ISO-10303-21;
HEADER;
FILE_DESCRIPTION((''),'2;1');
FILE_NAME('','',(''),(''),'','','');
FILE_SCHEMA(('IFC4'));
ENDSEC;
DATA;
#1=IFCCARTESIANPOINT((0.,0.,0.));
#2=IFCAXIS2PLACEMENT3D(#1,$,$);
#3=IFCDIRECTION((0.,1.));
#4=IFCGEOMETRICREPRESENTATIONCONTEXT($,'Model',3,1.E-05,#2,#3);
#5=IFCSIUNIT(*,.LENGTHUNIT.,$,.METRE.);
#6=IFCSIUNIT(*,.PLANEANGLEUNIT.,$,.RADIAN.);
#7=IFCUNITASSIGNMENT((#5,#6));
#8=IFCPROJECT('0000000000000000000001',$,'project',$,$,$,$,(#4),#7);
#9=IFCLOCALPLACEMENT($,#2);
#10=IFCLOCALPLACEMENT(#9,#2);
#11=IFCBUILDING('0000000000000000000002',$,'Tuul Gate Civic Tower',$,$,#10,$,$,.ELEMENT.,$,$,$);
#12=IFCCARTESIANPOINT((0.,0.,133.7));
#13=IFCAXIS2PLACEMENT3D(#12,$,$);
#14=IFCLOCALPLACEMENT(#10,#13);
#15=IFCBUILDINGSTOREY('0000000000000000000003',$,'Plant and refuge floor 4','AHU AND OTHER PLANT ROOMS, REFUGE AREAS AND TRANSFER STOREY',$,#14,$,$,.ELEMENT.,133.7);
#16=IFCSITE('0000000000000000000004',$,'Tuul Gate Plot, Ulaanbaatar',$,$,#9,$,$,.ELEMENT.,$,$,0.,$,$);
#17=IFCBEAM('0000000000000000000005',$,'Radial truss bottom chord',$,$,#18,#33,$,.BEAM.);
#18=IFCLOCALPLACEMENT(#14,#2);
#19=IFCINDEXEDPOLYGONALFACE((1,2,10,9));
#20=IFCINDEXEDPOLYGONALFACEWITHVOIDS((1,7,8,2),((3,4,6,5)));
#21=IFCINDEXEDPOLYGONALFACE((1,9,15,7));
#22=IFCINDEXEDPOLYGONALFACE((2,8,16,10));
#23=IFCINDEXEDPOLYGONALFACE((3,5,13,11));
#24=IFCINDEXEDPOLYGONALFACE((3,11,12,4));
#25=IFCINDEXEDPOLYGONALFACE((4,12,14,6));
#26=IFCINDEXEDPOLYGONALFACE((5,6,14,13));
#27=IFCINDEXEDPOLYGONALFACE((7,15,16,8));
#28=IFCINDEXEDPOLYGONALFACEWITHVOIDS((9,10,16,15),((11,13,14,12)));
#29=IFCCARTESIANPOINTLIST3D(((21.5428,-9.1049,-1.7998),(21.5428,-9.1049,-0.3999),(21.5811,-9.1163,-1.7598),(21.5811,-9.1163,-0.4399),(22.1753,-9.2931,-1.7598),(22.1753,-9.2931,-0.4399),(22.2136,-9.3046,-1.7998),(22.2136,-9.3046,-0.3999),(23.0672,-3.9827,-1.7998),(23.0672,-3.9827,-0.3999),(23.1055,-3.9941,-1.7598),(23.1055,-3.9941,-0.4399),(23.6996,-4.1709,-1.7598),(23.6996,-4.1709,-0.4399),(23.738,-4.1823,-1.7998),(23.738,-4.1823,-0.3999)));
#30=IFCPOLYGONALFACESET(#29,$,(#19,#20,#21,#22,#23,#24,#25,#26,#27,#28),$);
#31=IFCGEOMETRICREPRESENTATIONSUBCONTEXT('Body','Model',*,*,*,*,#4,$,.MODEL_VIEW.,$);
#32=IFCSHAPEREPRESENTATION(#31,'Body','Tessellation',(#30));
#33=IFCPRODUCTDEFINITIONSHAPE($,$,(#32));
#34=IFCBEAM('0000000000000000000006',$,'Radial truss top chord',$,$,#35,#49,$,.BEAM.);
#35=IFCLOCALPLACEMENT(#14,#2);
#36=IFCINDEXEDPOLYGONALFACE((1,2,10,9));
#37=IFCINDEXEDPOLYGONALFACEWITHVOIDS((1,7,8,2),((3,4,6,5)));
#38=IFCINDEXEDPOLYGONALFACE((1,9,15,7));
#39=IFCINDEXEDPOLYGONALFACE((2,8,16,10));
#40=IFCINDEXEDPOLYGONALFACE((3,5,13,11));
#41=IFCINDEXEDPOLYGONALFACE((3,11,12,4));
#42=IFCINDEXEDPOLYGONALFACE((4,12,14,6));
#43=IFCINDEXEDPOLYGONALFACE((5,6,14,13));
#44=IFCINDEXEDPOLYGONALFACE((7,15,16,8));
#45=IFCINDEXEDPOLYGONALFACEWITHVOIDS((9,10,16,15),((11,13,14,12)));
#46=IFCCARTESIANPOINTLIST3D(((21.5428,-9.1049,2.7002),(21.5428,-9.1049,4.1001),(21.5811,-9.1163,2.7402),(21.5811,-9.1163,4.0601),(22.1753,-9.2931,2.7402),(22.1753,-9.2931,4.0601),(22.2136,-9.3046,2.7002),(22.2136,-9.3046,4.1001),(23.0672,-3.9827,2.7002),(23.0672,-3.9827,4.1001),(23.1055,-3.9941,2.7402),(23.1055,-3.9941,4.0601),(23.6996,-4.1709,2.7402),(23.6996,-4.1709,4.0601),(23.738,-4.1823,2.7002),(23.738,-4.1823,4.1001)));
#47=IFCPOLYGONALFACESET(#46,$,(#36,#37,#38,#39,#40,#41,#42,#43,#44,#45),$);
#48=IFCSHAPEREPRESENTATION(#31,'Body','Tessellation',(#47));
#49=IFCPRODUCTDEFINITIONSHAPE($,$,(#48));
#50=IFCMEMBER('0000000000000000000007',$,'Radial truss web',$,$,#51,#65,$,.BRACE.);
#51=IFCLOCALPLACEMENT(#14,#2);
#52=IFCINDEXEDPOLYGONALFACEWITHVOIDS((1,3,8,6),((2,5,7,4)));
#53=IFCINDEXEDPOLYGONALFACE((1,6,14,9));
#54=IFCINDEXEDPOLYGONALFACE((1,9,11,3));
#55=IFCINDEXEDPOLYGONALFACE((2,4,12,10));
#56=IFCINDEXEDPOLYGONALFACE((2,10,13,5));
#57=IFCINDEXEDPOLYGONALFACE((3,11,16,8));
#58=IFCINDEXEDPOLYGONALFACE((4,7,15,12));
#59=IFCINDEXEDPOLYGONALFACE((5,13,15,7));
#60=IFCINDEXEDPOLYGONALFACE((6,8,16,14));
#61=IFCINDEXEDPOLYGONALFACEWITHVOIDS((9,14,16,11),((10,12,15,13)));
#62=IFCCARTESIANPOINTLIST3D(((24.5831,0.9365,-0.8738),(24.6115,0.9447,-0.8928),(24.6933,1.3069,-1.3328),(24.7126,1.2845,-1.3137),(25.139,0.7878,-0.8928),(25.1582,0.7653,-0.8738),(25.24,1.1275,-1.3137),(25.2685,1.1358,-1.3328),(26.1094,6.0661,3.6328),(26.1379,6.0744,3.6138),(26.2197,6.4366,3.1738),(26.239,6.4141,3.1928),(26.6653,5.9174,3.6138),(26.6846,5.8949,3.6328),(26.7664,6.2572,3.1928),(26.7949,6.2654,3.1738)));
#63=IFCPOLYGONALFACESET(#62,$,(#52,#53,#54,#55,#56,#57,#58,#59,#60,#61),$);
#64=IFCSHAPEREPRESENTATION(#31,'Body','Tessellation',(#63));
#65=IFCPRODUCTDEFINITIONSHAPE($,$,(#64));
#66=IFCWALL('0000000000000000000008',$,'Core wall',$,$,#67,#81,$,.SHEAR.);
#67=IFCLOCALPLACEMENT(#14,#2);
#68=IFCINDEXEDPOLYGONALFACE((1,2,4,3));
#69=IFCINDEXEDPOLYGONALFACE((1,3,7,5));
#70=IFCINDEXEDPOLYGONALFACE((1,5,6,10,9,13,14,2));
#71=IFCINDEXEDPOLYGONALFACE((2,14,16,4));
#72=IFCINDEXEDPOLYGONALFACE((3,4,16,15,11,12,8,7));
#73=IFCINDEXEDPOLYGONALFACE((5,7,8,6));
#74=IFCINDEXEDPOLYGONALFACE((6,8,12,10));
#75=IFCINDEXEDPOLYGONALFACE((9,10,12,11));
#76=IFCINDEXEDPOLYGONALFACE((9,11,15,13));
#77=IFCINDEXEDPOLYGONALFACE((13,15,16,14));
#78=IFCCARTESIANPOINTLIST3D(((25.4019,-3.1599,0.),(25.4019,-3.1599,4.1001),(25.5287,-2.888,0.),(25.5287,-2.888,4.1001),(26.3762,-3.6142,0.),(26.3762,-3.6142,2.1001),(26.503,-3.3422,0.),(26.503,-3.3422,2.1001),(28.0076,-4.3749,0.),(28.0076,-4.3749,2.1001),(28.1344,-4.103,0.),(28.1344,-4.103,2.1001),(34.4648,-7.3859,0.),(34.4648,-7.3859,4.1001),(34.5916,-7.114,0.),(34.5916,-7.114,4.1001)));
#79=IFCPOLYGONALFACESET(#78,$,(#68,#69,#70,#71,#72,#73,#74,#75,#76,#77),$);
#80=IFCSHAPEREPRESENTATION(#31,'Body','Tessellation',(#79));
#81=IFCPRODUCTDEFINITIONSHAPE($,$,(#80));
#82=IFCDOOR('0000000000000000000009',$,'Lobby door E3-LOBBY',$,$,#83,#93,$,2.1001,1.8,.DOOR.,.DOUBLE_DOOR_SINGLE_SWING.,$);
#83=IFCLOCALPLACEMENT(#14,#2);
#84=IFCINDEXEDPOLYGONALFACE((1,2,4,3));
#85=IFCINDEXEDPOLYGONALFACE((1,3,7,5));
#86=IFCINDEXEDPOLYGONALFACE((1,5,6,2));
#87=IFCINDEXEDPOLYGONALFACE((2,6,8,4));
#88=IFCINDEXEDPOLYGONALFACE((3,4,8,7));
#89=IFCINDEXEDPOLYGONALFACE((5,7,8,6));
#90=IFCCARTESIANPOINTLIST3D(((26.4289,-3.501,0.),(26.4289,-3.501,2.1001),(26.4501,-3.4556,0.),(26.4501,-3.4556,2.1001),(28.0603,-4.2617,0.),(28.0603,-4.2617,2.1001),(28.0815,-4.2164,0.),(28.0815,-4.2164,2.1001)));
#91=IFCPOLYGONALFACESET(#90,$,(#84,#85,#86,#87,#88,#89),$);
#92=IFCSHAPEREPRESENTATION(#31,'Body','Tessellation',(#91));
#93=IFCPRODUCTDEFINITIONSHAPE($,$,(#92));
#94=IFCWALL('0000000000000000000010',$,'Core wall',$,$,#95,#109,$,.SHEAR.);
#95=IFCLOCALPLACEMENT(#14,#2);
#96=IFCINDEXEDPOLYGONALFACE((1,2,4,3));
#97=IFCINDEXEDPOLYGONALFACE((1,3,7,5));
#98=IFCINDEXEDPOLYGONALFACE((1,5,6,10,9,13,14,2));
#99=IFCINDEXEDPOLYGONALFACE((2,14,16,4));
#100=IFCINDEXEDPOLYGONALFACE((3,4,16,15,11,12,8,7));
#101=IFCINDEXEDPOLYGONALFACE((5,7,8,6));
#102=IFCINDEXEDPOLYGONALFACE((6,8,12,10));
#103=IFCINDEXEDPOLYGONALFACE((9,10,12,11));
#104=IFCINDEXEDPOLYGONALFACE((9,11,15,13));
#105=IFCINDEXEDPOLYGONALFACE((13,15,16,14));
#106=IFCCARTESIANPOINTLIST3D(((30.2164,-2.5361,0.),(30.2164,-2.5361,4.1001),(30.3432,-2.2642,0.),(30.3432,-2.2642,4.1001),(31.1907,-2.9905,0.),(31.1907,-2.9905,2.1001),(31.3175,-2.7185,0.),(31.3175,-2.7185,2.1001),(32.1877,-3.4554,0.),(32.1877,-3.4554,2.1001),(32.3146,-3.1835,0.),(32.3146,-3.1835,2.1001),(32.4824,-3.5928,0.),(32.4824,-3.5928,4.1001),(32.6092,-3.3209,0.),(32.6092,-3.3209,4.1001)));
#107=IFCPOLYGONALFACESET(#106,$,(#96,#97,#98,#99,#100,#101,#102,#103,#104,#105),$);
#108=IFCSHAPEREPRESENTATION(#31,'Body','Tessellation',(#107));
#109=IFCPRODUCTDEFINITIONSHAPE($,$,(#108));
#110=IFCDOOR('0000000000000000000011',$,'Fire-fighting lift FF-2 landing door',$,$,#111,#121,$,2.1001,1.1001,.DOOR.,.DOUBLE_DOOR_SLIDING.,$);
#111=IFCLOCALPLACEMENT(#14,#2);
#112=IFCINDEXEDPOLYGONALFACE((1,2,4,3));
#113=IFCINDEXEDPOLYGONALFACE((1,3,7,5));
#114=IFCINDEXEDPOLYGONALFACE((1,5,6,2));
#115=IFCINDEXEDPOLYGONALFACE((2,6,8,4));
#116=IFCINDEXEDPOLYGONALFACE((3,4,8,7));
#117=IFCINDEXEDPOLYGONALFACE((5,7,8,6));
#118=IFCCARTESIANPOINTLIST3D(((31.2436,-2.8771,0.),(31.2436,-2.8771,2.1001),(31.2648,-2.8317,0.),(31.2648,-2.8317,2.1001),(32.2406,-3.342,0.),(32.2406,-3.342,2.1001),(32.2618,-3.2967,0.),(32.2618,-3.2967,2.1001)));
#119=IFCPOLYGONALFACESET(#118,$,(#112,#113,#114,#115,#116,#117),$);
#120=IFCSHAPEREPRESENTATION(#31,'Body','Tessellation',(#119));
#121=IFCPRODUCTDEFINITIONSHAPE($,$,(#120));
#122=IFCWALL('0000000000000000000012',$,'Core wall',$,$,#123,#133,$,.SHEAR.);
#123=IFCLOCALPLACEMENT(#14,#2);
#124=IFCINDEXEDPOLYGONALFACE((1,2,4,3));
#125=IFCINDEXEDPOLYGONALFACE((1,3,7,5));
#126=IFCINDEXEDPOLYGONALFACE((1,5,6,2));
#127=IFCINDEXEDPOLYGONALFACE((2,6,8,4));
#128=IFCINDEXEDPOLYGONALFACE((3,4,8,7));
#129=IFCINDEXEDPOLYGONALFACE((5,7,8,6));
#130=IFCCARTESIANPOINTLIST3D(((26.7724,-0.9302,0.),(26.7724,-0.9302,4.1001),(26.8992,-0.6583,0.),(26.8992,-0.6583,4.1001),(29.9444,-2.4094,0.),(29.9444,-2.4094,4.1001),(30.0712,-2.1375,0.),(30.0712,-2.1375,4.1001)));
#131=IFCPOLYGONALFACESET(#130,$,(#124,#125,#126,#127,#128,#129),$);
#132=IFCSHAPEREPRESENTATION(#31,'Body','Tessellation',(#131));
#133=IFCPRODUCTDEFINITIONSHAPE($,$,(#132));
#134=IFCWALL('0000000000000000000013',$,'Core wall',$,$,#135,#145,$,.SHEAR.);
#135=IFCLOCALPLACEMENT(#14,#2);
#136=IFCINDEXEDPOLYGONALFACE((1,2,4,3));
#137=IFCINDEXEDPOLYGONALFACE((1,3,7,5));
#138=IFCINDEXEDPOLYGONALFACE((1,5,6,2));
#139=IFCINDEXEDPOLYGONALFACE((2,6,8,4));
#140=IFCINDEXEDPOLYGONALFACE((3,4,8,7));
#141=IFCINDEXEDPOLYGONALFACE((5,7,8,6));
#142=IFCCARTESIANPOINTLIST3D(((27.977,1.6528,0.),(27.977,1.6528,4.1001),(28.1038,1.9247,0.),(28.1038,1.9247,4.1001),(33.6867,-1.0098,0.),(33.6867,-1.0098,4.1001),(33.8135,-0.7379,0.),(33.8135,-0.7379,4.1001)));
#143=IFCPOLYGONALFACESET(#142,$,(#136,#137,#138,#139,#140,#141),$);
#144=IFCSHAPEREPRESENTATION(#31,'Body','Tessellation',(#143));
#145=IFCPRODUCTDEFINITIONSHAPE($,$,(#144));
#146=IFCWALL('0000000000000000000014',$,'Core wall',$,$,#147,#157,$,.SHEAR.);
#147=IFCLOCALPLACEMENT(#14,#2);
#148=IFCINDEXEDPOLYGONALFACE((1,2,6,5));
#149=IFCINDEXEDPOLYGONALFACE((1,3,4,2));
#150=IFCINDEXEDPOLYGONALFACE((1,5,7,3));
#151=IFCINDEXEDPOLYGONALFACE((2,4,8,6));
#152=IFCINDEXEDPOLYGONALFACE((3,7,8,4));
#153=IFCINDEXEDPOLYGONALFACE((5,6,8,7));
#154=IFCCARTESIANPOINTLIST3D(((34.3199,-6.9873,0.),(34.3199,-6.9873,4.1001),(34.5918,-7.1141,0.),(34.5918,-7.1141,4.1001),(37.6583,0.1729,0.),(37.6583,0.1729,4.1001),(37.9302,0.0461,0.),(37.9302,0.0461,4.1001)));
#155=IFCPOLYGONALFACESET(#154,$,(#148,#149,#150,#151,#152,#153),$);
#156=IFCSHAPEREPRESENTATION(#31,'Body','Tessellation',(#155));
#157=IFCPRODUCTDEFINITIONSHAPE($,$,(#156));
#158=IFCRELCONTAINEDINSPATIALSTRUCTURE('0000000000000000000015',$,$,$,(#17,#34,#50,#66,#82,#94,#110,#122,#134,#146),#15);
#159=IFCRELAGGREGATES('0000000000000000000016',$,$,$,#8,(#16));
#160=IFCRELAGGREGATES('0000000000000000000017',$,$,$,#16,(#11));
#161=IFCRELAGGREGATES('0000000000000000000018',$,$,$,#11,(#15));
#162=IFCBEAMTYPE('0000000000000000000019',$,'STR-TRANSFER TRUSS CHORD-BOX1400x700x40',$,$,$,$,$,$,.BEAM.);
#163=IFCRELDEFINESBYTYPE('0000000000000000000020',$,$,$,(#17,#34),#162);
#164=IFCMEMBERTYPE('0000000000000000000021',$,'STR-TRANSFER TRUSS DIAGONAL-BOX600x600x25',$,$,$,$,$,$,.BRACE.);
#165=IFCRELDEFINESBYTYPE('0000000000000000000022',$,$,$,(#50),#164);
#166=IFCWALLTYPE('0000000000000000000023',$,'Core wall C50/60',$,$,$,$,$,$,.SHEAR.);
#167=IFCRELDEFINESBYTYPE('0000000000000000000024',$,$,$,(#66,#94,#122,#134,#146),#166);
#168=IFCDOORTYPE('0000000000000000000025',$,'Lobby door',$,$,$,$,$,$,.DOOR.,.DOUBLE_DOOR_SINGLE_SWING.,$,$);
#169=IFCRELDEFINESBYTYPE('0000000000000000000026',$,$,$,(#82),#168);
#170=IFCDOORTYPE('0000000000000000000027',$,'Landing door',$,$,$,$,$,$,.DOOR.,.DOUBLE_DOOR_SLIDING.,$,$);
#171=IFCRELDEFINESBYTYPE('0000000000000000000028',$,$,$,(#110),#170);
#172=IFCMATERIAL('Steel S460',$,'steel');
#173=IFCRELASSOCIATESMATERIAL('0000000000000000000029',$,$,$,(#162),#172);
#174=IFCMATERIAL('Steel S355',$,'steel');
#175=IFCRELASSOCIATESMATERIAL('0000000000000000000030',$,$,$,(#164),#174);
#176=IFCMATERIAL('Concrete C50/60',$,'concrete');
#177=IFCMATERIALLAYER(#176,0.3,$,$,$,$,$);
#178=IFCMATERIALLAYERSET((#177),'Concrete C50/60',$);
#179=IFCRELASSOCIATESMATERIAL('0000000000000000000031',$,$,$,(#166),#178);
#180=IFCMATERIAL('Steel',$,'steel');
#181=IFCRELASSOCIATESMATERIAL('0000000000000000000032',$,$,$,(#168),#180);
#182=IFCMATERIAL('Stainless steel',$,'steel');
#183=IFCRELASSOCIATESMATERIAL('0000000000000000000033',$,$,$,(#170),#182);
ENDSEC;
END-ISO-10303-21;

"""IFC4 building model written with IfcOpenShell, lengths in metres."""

from ifc_helpers import new_model, si_unit, direction, frame, frame_2d, origin, origin_2d, place, context, subcontext, project, spatial, rectangle, hollow_rectangle, extrude, material, layer, layer_set, material_profile, profile_set, type_object, element, fill, save


model = new_model("IFC4")

# Units and contexts
model_context = context("Model", 3, precision=1e-05, world=origin(), true_north=direction((0.0, 1.0)))
body_context = subcontext(model_context, "Body", "Model", "MODEL_VIEW")
ifc_project = project(units=[si_unit("LENGTHUNIT", "METRE"), si_unit("PLANEANGLEUNIT", "RADIAN")], contexts=[model_context])

# Site, building, storey
site_placement = place(None, origin())
site = spatial("IfcSite", under=ifc_project, at=site_placement, Name="Tuul Gate Plot, Ulaanbaatar", CompositionType="ELEMENT", RefElevation=0.0)
building_placement = place(site_placement, origin())
building = spatial("IfcBuilding", under=site, at=building_placement, Name="Tuul Gate Civic Tower", CompositionType="ELEMENT")
storey_placement = place(building_placement, frame((0.0, 0.0, 133.7)))
storey = spatial("IfcBuildingStorey", under=building, at=storey_placement, Name="Plant and refuge floor 4", Description="AHU AND OTHER PLANT ROOMS, REFUGE AREAS AND TRANSFER STOREY", CompositionType="ELEMENT", Elevation=133.7)

# Beams
ifc_material_1 = material(Name="Steel S460", Category="steel")
ifc_material_profile_1 = material_profile(ifc_material_1, hollow_rectangle(XDim=0.7, YDim=1.3999, WallThickness=0.04, at=origin_2d()), Name="BOX1400x700x40")
ifc_profile_set_1 = profile_set([ifc_material_profile_1], Name="Steel S460")
beam_type = type_object("IfcBeamType", Name="STR-TRANSFER TRUSS CHORD-BOX1400x700x40", PredefinedType="BEAM", material=ifc_profile_set_1)
for number, where, z_axis, x_axis, name in (
    (1, (23.4026, -4.0825, -1.0999), (-0.285239, -0.958456, 0.0), (0.958456, -0.285239, 0.0), "Radial truss bottom chord"),
    (2, (23.4026, -4.0825, 3.4001), (-0.285239, -0.958456, 0.0), (0.958456, -0.285239, 0.0), "Radial truss top chord"),
):
    element("IfcBeam", number, at=place(storey_placement, frame(where, z_axis=z_axis, x_axis=x_axis)), inside=storey, type_object=beam_type, Name=name, PredefinedType="BEAM", context=body_context, shape_type="SweptSolid", body=[
        extrude(hollow_rectangle(XDim=0.7, YDim=1.3999, WallThickness=0.04, at=origin_2d()), origin(), (0.0, 0.0, 1.0), 5.3442),
    ])

# Member
ifc_material_2 = material(Name="Steel S355", Category="steel")
ifc_material_profile_2 = material_profile(ifc_material_2, hollow_rectangle(XDim=0.6001, YDim=0.6001, WallThickness=0.0249, at=origin_2d()), Name="BOX600x600x25")
ifc_profile_set_2 = profile_set([ifc_material_profile_2], Name="Steel S355")
member_type = type_object("IfcMemberType", Name="STR-TRANSFER TRUSS DIAGONAL-BOX600x600x25", PredefinedType="BRACE", material=ifc_profile_set_2)
member_placement = place(storey_placement, frame((24.9258, 1.0361, -1.1033), z_axis=(0.218159, 0.733162, 0.644112), x_axis=(-0.958468, 0.2852, 0.0)))
element("IfcMember", 3, at=member_placement, inside=storey, type_object=member_type, Name="Radial truss web", PredefinedType="BRACE", context=body_context, shape_type="SweptSolid", body=[
    extrude(hollow_rectangle(XDim=0.6001, YDim=0.6001, WallThickness=0.0249, at=origin_2d()), origin(), (0.0, 0.0, 1.0), 6.9966),
])

# Walls, openings, doors
ifc_material_3 = material(Name="Concrete C50/60", Category="concrete")
ifc_layer_1 = layer(ifc_material_3, 0.3)
ifc_layer_set_1 = layer_set([ifc_layer_1], Name="Concrete C50/60")
wall_type_1 = type_object("IfcWallType", Name="Core wall C50/60", PredefinedType="SHEAR", material=ifc_layer_set_1)
wall_1_placement = place(storey_placement, frame((34.5283, -7.25, 0.0), z_axis=(0.0, 0.0, 1.0), x_axis=(-0.90631, 0.422613, 0.0)))
wall_1 = element("IfcWall", 4, at=wall_1_placement, inside=storey, type_object=wall_type_1, Name="Core wall", PredefinedType="SHEAR", context=body_context, shape_type="SweptSolid", body=[
    extrude(rectangle(XDim=9.9998, YDim=0.3, at=frame_2d((5.0, 0.0))), origin(), (0.0, 0.0, 1.0), 4.1001),
])
opening_1_placement = place(wall_1_placement, frame((7.125, 0.0, 0.0)))
opening_1 = element("IfcOpeningElement", 5, at=opening_1_placement, cuts=wall_1, PredefinedType="OPENING", context=body_context, shape_type="SweptSolid", body=[
    extrude(rectangle(XDim=1.8, YDim=2.1001, at=frame_2d((0.8999, 1.05))), frame((0.0, 0.1602, 0.0), z_axis=(0.0, -1.0, 0.0), x_axis=(1.0, 0.0, 0.0)), (0.0, 0.0, 1.0), 0.3201),
])
ifc_material_4 = material(Name="Steel", Category="steel")
door_type_1 = type_object("IfcDoorType", Name="Lobby door", OperationType="DOUBLE_DOOR_SINGLE_SWING", PredefinedType="DOOR", material=ifc_material_4)
door_1_placement = place(opening_1_placement, frame((1.8, 0.0, 0.0), z_axis=(0.0, 0.0, 1.0), x_axis=(-1.0, 0.0, 0.0)))
door_1 = element("IfcDoor", 6, at=door_1_placement, inside=storey, type_object=door_type_1, Name="Lobby door E3-LOBBY", OperationType="DOUBLE_DOOR_SINGLE_SWING", OverallHeight=2.1001, OverallWidth=1.8, PredefinedType="DOOR", context=body_context, shape_type="SweptSolid", body=[
    extrude(rectangle(XDim=1.8, YDim=2.1001, at=frame_2d((0.9001, 1.05))), frame((0.0, 0.0249, 0.0), z_axis=(0.0, -1.0, 0.0), x_axis=(1.0, 0.0, 0.0)), (0.0, 0.0, 1.0), 0.05),
])
fill(opening_1, door_1)
wall_2_placement = place(storey_placement, frame((32.5457, -3.4568, 0.0), z_axis=(0.0, 0.0, 1.0), x_axis=(-0.9063, 0.422634, 0.0)))
wall_2 = element("IfcWall", 7, at=wall_2_placement, inside=storey, type_object=wall_type_1, Name="Core wall", PredefinedType="SHEAR", context=body_context, shape_type="SweptSolid", body=[
    extrude(rectangle(XDim=2.5002, YDim=0.3, at=frame_2d((1.25, 0.0))), origin(), (0.0, 0.0, 1.0), 4.1001),
])
opening_2_placement = place(wall_2_placement, frame((0.325, 0.0, 0.0)))
opening_2 = element("IfcOpeningElement", 8, at=opening_2_placement, cuts=wall_2, PredefinedType="OPENING", context=body_context, shape_type="SweptSolid", body=[
    extrude(rectangle(XDim=1.1001, YDim=2.1001, at=frame_2d((0.55, 1.05))), frame((0.0, 0.1602, 0.0), z_axis=(0.0, -1.0, 0.0), x_axis=(1.0, 0.0, 0.0)), (0.0, 0.0, 1.0), 0.3201),
])
ifc_material_5 = material(Name="Stainless steel", Category="steel")
door_type_2 = type_object("IfcDoorType", Name="Landing door", OperationType="DOUBLE_DOOR_SLIDING", PredefinedType="DOOR", material=ifc_material_5)
door_2_placement = place(opening_2_placement, origin())
door_2 = element("IfcDoor", 9, at=door_2_placement, inside=storey, type_object=door_type_2, Name="Fire-fighting lift FF-2 landing door", OperationType="DOUBLE_DOOR_SLIDING", OverallHeight=2.1001, OverallWidth=1.1001, PredefinedType="DOOR", context=body_context, shape_type="SweptSolid", body=[
    extrude(rectangle(XDim=1.1001, YDim=2.1001, at=frame_2d((0.55, 1.05))), frame((0.0, 0.0249, 0.0), z_axis=(0.0, -1.0, 0.0), x_axis=(1.0, 0.0, 0.0)), (0.0, 0.0, 1.0), 0.05),
])
fill(opening_2, door_2)

# Walls
wall_3_placement = place(storey_placement, frame((30.0078, -2.2734, 0.0), z_axis=(0.0, 0.0, 1.0), x_axis=(-0.906301, 0.422633, 0.0)))
element("IfcWall", 10, at=wall_3_placement, inside=storey, type_object=wall_type_1, Name="Core wall", PredefinedType="SHEAR", context=body_context, shape_type="SweptSolid", body=[
    extrude(rectangle(XDim=3.5, YDim=0.3, at=frame_2d((1.75, 0.0))), origin(), (0.0, 0.0, 1.0), 4.1001),
])
wall_4_placement = place(storey_placement, frame((33.75, -0.8738, 0.0), z_axis=(0.0, 0.0, 1.0), x_axis=(-0.906301, 0.422633, 0.0)))
element("IfcWall", 11, at=wall_4_placement, inside=storey, type_object=wall_type_1, Name="Core wall", PredefinedType="SHEAR", context=body_context, shape_type="SweptSolid", body=[
    extrude(rectangle(XDim=6.3, YDim=0.3, at=frame_2d((3.1499, 0.0))), origin(), (0.0, 0.0, 1.0), 4.1001),
])
wall_5_placement = place(storey_placement, frame((34.4558, -7.0508, 0.0), z_axis=(0.0, 0.0, 1.0), x_axis=(0.422571, 0.90633, 0.0)))
element("IfcWall", 12, at=wall_5_placement, inside=storey, type_object=wall_type_1, Name="Core wall", PredefinedType="SHEAR", context=body_context, shape_type="SweptSolid", body=[
    extrude(rectangle(XDim=7.9001, YDim=0.3, at=frame_2d((3.9502, 0.0))), origin(), (0.0, 0.0, 1.0), 4.1001),
])

save(model, "model.ifc")
